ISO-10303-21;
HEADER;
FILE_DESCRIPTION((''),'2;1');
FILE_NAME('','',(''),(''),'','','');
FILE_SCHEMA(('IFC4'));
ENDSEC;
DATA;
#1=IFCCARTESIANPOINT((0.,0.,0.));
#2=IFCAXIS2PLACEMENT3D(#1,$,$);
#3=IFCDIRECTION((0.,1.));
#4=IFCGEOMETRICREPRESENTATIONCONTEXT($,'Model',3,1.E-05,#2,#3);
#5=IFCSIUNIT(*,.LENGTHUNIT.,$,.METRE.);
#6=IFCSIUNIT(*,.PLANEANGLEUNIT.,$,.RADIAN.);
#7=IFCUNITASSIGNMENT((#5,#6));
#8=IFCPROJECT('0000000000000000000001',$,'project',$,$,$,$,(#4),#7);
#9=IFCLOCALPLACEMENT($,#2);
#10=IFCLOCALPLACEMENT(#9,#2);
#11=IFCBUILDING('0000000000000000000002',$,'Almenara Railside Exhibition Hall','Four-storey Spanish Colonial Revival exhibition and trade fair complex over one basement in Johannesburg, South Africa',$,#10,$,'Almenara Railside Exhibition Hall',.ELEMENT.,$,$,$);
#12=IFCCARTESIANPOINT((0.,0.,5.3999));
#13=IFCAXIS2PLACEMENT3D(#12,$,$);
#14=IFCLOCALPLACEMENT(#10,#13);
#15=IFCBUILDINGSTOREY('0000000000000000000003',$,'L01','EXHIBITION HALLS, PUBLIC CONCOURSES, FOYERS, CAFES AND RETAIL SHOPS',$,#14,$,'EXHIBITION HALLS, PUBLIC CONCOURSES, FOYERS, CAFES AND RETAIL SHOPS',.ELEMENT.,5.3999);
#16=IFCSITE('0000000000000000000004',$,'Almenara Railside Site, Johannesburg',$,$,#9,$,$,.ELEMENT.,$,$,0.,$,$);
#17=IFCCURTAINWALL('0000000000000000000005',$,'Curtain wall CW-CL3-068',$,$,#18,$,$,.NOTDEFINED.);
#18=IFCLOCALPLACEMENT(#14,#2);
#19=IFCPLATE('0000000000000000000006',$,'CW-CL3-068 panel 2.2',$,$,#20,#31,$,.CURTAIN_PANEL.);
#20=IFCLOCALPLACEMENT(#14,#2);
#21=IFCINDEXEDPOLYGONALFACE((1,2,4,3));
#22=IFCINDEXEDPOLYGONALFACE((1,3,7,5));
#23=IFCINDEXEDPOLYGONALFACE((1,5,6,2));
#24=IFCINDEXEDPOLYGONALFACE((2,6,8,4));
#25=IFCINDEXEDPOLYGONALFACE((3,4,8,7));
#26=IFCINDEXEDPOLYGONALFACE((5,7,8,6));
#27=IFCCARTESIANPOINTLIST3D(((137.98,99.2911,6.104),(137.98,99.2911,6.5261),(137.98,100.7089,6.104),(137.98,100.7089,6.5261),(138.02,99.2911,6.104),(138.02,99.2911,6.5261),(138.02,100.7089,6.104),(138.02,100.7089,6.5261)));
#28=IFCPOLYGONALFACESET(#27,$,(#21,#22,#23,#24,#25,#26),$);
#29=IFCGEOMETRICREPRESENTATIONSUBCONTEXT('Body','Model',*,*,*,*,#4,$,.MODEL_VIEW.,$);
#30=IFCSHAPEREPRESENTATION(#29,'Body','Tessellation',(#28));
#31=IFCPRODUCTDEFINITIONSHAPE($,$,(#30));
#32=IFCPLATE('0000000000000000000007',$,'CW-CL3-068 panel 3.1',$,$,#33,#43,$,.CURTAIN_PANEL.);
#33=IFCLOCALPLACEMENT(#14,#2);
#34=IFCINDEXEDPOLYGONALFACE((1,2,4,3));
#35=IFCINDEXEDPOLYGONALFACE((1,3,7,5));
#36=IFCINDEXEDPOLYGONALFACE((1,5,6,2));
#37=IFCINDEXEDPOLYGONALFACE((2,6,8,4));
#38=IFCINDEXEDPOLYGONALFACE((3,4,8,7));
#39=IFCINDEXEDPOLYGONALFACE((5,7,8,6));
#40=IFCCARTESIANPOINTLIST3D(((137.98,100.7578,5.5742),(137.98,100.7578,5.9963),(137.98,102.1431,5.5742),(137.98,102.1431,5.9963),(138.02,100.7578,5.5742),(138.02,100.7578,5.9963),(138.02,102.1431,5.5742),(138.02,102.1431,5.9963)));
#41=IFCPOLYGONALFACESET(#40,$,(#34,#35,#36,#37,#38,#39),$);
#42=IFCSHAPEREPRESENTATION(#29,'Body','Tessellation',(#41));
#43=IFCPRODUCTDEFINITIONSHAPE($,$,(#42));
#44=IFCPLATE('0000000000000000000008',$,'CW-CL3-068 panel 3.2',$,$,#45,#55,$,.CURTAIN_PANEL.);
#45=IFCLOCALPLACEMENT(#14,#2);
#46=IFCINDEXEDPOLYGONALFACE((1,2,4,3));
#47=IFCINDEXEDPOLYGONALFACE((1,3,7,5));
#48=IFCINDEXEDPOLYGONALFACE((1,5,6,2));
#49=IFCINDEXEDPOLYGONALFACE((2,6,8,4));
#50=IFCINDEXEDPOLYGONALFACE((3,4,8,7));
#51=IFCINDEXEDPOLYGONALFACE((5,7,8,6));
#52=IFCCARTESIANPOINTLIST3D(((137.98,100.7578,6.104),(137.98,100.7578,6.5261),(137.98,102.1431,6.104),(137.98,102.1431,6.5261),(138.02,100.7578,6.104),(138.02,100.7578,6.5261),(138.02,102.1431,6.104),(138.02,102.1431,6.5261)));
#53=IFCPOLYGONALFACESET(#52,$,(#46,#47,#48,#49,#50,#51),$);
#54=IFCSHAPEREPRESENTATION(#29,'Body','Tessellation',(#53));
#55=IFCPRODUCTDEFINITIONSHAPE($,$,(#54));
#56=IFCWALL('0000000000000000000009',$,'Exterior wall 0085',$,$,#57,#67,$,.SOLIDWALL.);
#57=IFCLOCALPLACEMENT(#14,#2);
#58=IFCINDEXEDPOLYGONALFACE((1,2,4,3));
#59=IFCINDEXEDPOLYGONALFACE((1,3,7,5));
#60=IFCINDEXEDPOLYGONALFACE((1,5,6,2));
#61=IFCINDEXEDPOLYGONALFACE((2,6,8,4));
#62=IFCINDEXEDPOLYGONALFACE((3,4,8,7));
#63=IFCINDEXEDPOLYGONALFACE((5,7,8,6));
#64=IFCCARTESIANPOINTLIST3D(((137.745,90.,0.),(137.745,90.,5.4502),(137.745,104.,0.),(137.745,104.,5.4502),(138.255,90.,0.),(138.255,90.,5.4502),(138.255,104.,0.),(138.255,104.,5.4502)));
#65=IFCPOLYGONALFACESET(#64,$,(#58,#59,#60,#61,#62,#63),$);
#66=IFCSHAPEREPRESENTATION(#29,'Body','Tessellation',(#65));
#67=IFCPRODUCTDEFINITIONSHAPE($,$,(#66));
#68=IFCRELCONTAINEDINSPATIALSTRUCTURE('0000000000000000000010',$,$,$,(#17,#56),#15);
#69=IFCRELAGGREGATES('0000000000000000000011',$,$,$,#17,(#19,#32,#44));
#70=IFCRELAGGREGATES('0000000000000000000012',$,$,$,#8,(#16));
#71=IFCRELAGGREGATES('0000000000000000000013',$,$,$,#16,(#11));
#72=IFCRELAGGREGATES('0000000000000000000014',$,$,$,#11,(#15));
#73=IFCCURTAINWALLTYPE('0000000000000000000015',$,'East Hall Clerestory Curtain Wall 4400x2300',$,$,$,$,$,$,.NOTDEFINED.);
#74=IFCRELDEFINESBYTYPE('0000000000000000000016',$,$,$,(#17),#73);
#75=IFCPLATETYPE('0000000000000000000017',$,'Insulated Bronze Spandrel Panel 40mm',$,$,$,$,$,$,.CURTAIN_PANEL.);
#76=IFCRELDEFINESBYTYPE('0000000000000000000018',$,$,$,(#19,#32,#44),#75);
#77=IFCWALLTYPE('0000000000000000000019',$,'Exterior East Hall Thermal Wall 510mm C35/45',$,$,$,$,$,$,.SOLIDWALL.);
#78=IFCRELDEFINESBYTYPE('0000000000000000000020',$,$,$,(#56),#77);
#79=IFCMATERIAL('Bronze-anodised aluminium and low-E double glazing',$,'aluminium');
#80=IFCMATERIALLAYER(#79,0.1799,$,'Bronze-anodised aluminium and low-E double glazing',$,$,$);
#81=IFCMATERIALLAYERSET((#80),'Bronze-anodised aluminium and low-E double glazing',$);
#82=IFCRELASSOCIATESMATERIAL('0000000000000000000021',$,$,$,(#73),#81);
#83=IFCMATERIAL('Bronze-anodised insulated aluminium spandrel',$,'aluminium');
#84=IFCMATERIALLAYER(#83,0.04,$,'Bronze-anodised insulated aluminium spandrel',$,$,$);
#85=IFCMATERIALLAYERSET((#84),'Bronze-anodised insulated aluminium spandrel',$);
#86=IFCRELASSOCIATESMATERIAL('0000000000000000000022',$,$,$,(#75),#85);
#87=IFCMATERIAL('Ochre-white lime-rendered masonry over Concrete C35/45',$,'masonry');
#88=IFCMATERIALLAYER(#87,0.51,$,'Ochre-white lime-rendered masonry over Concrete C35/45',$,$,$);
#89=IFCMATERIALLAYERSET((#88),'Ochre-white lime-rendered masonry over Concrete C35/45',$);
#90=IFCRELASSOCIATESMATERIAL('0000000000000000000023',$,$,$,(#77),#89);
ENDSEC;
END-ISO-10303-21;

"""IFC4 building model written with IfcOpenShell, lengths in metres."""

from ifc_helpers import new_model, si_unit, direction, frame, frame_2d, origin, origin_2d, place, context, subcontext, project, spatial, rectangle, extrude, material, layer, layer_set, type_object, element, aggregate, save


model = new_model("IFC4")

# Units and contexts
model_context = context("Model", 3, precision=1e-05, world=origin(), true_north=direction((0.0, 1.0)))
body_context = subcontext(model_context, "Body", "Model", "MODEL_VIEW")
ifc_project = project(units=[si_unit("LENGTHUNIT", "METRE"), si_unit("PLANEANGLEUNIT", "RADIAN")], contexts=[model_context])

# Site, building, storey
site_placement = place(None, origin())
site = spatial("IfcSite", under=ifc_project, at=site_placement, Name="Almenara Railside Site, Johannesburg", CompositionType="ELEMENT", RefElevation=0.0)
building_placement = place(site_placement, origin())
building = spatial("IfcBuilding", under=site, at=building_placement, Name="Almenara Railside Exhibition Hall", Description="Four-storey Spanish Colonial Revival exhibition and trade fair complex over one basement in Johannesburg, South Africa", LongName="Almenara Railside Exhibition Hall", CompositionType="ELEMENT")
storey_placement = place(building_placement, frame((0.0, 0.0, 5.3999)))
storey = spatial("IfcBuildingStorey", under=building, at=storey_placement, Name="L01", Description="EXHIBITION HALLS, PUBLIC CONCOURSES, FOYERS, CAFES AND RETAIL SHOPS", LongName="EXHIBITION HALLS, PUBLIC CONCOURSES, FOYERS, CAFES AND RETAIL SHOPS", CompositionType="ELEMENT", Elevation=5.3999)

# Curtain wall
ifc_material_1 = material(Name="Bronze-anodised aluminium and low-E double glazing", Category="aluminium")
ifc_layer_1 = layer(ifc_material_1, 0.1799, Name="Bronze-anodised aluminium and low-E double glazing")
ifc_layer_set_1 = layer_set([ifc_layer_1], Name="Bronze-anodised aluminium and low-E double glazing")
curtain_wall_type = type_object("IfcCurtainWallType", Name="East Hall Clerestory Curtain Wall 4400x2300", PredefinedType="NOTDEFINED", material=ifc_layer_set_1)
curtain_wall_1_placement = place(storey_placement, origin())
curtain_wall_1 = element("IfcCurtainWall", 1, at=curtain_wall_1_placement, inside=storey, type_object=curtain_wall_type, Name="Curtain wall CW-CL3-068", PredefinedType="NOTDEFINED")

# Plates
ifc_material_2 = material(Name="Bronze-anodised insulated aluminium spandrel", Category="aluminium")
ifc_layer_2 = layer(ifc_material_2, 0.04, Name="Bronze-anodised insulated aluminium spandrel")
ifc_layer_set_2 = layer_set([ifc_layer_2], Name="Bronze-anodised insulated aluminium spandrel")
plate_type_1 = type_object("IfcPlateType", Name="Insulated Bronze Spandrel Panel 40mm", PredefinedType="CURTAIN_PANEL", material=ifc_layer_set_2)
plate_1_placement = place(storey_placement, frame((138.0, 100.0, 6.104), z_axis=(0.0, 0.0, 1.0), x_axis=(0.0, 1.0, 0.0)))
plate_1 = element("IfcPlate", 2, at=plate_1_placement, type_object=plate_type_1, Name="CW-CL3-068 panel 2.2", PredefinedType="CURTAIN_PANEL", context=body_context, shape_type="SweptSolid", body=[
    extrude(rectangle(XDim=1.4177, YDim=0.04, at=origin_2d()), origin(), (0.0, 0.0, 1.0), 0.4221),
])
plate_2_placement = place(storey_placement, frame((138.0, 101.4504, 5.5742), z_axis=(0.0, 0.0, 1.0), x_axis=(0.0, 1.0, 0.0)))
plate_2 = element("IfcPlate", 3, at=plate_2_placement, type_object=plate_type_1, Name="CW-CL3-068 panel 3.1", PredefinedType="CURTAIN_PANEL", context=body_context, shape_type="SweptSolid", body=[
    extrude(rectangle(XDim=1.3853, YDim=0.04, at=origin_2d()), origin(), (0.0, 0.0, 1.0), 0.4221),
])
plate_3_placement = place(storey_placement, frame((138.0, 101.4504, 6.104), z_axis=(0.0, 0.0, 1.0), x_axis=(0.0, 1.0, 0.0)))
plate_3 = element("IfcPlate", 4, at=plate_3_placement, type_object=plate_type_1, Name="CW-CL3-068 panel 3.2", PredefinedType="CURTAIN_PANEL", context=body_context, shape_type="SweptSolid", body=[
    extrude(rectangle(XDim=1.3853, YDim=0.04, at=origin_2d()), origin(), (0.0, 0.0, 1.0), 0.4221),
])
aggregate(curtain_wall_1, [plate_1, plate_2, plate_3])

# Wall
ifc_material_3 = material(Name="Ochre-white lime-rendered masonry over Concrete C35/45", Category="masonry")
ifc_layer_3 = layer(ifc_material_3, 0.51, Name="Ochre-white lime-rendered masonry over Concrete C35/45")
ifc_layer_set_3 = layer_set([ifc_layer_3], Name="Ochre-white lime-rendered masonry over Concrete C35/45")
wall_type = type_object("IfcWallType", Name="Exterior East Hall Thermal Wall 510mm C35/45", PredefinedType="SOLIDWALL", material=ifc_layer_set_3)
wall_placement = place(storey_placement, frame((138.0, 104.0, 0.0), z_axis=(0.0, 0.0, 1.0), x_axis=(0.0, -1.0, 0.0)))
element("IfcWall", 5, at=wall_placement, inside=storey, type_object=wall_type, Name="Exterior wall 0085", PredefinedType="SOLIDWALL", context=body_context, shape_type="SweptSolid", body=[
    extrude(rectangle(XDim=14.0, YDim=0.51, at=frame_2d((7.0, 0.0))), origin(), (0.0, 0.0, 1.0), 5.4502),
])

save(model, "model.ifc")
